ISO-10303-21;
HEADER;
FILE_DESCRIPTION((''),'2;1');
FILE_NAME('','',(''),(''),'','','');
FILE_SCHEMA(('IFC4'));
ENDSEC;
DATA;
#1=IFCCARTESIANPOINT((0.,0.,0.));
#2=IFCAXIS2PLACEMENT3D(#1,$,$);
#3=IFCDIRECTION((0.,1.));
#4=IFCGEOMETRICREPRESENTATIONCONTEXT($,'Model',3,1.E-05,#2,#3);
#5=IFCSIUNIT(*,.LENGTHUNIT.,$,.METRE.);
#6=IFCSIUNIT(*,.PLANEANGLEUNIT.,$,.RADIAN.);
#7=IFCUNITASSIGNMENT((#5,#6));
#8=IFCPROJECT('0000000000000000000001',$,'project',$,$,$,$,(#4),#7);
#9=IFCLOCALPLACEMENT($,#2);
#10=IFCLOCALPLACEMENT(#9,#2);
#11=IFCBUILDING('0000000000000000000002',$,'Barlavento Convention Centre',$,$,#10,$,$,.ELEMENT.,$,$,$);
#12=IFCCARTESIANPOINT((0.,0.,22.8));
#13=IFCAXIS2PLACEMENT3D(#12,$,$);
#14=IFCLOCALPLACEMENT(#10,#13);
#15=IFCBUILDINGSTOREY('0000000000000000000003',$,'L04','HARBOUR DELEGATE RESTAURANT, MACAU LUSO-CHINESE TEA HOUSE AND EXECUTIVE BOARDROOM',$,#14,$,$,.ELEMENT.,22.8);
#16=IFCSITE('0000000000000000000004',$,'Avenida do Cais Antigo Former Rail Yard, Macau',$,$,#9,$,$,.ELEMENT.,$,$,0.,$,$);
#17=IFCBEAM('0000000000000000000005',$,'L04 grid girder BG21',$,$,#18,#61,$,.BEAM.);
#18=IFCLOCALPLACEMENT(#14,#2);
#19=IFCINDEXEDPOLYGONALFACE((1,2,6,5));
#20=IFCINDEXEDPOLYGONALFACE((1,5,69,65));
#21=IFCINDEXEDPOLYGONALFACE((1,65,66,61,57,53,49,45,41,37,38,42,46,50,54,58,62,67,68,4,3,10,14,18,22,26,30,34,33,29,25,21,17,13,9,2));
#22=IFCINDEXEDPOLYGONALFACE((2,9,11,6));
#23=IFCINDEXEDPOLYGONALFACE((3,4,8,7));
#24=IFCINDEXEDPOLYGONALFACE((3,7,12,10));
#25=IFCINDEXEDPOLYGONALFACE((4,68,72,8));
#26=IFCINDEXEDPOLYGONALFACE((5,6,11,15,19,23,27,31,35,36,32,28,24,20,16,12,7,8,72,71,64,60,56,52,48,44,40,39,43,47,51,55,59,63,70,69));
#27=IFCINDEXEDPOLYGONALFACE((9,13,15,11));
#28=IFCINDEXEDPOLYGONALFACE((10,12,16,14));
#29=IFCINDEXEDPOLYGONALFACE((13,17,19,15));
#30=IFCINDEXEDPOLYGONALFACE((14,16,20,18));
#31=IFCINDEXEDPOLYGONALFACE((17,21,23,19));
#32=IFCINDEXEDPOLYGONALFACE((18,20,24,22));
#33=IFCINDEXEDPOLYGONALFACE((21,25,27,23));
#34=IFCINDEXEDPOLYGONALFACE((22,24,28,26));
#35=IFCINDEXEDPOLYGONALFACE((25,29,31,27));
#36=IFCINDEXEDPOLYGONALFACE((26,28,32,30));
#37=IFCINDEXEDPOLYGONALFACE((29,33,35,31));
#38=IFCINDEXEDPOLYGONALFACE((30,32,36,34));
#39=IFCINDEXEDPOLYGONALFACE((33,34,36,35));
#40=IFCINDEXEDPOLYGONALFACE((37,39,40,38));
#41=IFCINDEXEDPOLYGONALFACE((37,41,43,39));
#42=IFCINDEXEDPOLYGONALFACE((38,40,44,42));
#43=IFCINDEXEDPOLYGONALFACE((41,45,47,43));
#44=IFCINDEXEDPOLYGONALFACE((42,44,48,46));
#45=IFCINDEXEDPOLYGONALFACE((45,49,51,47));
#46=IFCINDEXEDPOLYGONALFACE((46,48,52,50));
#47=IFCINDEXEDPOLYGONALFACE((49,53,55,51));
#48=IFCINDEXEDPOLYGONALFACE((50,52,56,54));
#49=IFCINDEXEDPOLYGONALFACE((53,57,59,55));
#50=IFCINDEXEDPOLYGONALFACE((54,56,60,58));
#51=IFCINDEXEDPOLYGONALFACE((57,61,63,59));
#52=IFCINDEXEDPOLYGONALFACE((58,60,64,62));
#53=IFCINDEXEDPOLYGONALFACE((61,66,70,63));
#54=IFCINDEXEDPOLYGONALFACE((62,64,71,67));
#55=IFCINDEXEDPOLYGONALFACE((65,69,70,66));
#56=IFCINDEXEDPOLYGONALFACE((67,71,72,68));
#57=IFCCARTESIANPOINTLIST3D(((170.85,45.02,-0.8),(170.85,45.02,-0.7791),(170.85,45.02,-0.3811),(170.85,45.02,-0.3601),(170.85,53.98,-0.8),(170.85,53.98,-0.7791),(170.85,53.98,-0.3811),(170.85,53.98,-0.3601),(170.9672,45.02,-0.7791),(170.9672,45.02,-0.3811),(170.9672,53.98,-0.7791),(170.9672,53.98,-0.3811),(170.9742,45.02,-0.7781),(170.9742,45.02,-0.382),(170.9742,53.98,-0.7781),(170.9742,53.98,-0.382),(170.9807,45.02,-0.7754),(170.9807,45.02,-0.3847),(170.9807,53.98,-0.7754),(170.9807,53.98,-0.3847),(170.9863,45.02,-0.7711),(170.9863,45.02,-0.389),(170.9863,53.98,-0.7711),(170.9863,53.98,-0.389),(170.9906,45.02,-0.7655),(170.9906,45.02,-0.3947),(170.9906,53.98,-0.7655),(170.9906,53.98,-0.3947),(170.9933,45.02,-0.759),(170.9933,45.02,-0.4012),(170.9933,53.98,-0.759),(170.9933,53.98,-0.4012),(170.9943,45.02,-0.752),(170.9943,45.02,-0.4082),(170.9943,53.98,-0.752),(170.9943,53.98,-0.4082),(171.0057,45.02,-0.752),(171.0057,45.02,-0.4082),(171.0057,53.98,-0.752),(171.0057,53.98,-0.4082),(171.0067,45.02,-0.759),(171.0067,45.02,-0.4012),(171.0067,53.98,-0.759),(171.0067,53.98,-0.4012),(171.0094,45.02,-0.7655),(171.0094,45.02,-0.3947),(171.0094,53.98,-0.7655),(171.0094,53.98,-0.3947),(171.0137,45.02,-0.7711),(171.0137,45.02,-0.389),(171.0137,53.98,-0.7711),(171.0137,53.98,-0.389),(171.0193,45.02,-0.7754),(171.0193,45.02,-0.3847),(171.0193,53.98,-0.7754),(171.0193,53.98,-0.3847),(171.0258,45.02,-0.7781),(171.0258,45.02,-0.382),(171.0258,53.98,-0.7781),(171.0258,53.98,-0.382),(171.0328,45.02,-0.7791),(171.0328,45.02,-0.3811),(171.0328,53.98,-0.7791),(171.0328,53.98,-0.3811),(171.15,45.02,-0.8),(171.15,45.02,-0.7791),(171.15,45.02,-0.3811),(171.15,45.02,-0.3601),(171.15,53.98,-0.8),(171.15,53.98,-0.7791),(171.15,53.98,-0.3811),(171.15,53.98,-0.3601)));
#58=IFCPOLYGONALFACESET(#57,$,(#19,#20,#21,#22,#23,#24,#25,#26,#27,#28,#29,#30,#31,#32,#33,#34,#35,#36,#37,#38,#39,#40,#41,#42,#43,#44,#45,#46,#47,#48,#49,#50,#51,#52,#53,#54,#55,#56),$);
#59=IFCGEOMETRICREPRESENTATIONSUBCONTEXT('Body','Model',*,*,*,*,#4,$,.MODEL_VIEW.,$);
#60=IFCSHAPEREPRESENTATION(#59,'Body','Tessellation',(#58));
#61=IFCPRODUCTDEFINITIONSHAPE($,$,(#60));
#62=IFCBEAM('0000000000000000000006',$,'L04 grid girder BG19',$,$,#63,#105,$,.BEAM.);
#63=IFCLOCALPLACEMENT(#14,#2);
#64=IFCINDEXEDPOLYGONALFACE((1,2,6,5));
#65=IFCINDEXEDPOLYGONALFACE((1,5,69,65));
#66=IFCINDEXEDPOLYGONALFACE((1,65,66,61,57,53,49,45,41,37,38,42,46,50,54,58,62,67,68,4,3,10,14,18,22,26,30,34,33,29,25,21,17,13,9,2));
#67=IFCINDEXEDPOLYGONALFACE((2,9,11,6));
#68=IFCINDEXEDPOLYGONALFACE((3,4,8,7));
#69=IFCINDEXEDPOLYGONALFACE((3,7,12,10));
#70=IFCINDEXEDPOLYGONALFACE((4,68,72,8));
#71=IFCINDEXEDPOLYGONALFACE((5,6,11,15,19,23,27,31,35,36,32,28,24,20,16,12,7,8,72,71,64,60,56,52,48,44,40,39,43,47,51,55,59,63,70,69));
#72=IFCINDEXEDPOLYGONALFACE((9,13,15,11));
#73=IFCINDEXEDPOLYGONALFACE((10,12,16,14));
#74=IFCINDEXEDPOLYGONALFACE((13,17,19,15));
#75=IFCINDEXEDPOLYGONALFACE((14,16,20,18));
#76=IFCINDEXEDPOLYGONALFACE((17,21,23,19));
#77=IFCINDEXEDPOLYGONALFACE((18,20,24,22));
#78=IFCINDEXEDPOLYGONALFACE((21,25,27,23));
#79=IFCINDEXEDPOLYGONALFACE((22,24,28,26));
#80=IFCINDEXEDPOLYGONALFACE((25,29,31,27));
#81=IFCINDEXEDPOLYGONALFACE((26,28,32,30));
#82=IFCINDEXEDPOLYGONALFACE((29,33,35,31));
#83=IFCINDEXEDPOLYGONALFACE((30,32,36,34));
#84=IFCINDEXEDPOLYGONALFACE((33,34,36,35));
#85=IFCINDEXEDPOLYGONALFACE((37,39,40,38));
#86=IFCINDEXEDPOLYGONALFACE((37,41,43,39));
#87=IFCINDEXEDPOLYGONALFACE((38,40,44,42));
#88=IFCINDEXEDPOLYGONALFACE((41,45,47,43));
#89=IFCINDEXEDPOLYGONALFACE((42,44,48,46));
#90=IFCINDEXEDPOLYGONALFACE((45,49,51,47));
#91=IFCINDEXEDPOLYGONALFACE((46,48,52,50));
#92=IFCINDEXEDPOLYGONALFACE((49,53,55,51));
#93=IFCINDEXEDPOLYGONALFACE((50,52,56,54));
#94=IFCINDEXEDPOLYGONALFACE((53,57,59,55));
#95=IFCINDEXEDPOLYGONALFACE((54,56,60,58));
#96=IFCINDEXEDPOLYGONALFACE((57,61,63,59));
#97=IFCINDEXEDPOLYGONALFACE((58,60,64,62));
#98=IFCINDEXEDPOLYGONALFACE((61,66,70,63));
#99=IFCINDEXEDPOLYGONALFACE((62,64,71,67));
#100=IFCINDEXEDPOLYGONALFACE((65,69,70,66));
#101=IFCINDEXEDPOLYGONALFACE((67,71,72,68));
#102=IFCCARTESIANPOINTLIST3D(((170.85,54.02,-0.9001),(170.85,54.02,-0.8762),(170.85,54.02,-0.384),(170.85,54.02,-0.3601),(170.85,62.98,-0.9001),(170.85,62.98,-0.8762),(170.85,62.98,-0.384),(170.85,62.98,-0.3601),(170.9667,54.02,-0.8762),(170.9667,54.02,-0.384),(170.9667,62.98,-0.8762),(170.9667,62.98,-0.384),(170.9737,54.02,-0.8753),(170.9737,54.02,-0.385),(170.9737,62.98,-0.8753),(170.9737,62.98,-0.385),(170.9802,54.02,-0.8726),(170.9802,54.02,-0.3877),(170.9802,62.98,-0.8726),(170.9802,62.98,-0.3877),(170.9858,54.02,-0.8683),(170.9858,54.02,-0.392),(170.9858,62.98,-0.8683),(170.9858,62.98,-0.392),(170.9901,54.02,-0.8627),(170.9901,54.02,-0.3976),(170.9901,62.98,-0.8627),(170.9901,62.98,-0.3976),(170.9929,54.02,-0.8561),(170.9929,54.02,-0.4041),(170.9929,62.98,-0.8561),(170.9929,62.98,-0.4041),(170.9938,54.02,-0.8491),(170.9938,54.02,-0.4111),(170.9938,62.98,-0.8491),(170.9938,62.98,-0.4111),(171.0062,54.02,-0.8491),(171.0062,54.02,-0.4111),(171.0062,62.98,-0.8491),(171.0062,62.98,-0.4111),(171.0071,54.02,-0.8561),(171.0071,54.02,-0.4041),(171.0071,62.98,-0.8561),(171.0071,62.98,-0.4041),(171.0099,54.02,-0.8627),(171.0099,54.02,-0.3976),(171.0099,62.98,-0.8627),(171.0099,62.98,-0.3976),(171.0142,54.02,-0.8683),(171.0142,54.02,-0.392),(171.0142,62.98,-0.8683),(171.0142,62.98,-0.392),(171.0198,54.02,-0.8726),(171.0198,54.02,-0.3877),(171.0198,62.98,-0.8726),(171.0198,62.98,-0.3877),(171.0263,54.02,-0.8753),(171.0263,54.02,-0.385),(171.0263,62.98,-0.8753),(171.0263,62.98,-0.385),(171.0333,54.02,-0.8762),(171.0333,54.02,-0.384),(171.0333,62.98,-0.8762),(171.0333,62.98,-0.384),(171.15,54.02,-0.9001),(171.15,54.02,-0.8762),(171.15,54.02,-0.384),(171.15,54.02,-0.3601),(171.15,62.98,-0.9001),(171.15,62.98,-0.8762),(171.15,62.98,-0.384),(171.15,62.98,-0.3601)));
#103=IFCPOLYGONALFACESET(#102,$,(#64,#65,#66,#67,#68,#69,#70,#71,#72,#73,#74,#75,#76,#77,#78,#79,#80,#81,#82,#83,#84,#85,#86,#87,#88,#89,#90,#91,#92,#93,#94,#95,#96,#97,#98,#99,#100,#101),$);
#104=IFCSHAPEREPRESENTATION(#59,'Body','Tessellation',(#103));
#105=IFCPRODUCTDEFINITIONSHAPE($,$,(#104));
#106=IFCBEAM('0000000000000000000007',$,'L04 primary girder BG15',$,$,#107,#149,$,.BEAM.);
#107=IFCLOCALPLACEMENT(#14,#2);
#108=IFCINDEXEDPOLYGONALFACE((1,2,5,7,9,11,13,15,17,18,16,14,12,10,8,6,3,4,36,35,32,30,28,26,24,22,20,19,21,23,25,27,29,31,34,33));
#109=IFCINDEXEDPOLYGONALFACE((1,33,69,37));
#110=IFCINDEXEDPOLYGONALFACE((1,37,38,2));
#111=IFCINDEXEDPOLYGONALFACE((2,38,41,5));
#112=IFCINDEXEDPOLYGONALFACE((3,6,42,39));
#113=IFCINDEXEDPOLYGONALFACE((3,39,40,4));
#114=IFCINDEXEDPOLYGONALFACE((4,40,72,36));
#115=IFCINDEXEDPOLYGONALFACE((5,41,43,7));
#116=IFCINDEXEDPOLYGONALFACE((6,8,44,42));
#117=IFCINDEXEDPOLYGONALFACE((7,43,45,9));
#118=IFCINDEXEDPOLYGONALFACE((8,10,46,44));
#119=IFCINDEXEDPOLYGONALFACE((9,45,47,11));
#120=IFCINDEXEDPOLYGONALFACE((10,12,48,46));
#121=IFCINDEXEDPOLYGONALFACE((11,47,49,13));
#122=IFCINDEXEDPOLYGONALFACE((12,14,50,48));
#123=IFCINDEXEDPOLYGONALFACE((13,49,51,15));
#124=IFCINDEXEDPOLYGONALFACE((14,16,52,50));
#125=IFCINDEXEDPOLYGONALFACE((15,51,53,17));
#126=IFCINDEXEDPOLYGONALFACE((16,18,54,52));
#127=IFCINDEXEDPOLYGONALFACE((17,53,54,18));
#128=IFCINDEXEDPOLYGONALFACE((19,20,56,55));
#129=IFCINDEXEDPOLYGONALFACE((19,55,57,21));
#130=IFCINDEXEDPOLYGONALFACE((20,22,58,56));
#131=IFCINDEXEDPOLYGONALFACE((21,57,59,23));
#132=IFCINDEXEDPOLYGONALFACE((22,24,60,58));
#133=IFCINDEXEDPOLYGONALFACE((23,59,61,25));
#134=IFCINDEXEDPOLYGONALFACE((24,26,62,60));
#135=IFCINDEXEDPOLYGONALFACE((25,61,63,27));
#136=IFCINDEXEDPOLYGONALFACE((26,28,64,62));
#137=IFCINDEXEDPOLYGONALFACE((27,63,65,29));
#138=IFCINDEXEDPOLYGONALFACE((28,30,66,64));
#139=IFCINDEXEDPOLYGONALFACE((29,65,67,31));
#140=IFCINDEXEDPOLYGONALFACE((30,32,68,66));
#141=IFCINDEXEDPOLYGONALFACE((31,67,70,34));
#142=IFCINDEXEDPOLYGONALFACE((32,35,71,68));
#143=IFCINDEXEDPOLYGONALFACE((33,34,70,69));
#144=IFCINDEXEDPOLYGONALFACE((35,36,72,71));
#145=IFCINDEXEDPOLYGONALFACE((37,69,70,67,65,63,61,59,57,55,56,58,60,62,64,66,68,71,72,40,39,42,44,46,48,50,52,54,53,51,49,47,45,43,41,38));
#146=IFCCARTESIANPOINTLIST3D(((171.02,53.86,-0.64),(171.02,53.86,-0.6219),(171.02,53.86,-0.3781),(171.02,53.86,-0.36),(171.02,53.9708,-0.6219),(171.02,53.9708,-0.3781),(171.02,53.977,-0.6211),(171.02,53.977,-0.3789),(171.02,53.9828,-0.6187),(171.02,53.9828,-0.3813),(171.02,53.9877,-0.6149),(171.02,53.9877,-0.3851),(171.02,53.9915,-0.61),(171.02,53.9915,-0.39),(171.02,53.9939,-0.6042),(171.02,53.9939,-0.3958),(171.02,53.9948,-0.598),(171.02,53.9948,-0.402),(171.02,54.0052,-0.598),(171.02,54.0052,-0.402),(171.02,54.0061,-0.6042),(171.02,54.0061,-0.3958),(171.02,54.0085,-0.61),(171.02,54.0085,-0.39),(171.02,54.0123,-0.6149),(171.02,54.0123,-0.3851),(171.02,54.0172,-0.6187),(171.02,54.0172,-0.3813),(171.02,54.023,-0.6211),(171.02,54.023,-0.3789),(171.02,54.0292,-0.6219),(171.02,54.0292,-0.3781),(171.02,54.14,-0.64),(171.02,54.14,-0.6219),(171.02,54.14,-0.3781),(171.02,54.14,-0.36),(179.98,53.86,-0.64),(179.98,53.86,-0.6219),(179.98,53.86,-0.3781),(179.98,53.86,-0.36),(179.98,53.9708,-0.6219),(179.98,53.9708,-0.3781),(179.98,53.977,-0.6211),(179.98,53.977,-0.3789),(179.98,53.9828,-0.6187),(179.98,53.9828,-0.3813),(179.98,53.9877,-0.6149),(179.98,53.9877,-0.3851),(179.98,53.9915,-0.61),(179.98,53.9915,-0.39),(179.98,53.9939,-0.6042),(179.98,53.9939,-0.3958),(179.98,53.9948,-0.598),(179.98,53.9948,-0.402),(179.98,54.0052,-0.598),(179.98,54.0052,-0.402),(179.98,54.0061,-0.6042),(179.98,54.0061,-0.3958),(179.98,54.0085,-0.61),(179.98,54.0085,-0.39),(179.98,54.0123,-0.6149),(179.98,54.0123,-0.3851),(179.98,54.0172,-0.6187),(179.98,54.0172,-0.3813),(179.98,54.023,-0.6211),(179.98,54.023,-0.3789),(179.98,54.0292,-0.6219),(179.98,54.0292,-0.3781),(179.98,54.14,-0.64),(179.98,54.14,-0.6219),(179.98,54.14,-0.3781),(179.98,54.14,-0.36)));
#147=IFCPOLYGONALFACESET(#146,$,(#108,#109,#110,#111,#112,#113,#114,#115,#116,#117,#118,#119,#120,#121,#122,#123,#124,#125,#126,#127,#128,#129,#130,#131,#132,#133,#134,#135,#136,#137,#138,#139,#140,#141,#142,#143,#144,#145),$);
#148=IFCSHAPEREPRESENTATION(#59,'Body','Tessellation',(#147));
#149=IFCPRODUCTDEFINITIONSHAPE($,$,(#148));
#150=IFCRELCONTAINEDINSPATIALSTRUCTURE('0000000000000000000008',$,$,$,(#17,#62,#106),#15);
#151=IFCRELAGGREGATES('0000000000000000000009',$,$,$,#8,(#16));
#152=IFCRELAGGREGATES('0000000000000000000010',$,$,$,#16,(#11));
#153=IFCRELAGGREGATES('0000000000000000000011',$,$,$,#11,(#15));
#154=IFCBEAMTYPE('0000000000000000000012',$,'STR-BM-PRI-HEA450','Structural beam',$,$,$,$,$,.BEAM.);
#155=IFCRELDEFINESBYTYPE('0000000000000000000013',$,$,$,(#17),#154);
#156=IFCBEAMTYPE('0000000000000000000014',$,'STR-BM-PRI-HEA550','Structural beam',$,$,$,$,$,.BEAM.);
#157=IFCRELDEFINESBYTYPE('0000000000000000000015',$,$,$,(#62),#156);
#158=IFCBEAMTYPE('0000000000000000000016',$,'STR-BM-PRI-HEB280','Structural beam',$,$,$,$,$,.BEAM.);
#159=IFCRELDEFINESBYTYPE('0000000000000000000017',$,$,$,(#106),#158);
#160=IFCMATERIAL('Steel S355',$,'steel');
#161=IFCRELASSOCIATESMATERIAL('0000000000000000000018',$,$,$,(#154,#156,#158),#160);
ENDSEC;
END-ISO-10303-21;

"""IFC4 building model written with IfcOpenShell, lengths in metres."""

from ifc_helpers import new_model, si_unit, direction, frame, origin, origin_2d, place, context, subcontext, project, spatial, i_section, extrude, material, material_profile, profile_set, type_object, element, save


model = new_model("IFC4")

# Units and contexts
model_context = context("Model", 3, precision=1e-05, world=origin(), true_north=direction((0.0, 1.0)))
body_context = subcontext(model_context, "Body", "Model", "MODEL_VIEW")
ifc_project = project(units=[si_unit("LENGTHUNIT", "METRE"), si_unit("PLANEANGLEUNIT", "RADIAN")], contexts=[model_context])

# Site, building, storey
site_placement = place(None, origin())
site = spatial("IfcSite", under=ifc_project, at=site_placement, Name="Avenida do Cais Antigo Former Rail Yard, Macau", CompositionType="ELEMENT", RefElevation=0.0)
building_placement = place(site_placement, origin())
building = spatial("IfcBuilding", under=site, at=building_placement, Name="Barlavento Convention Centre", CompositionType="ELEMENT")
storey_placement = place(building_placement, frame((0.0, 0.0, 22.8)))
storey = spatial("IfcBuildingStorey", under=building, at=storey_placement, Name="L04", Description="HARBOUR DELEGATE RESTAURANT, MACAU LUSO-CHINESE TEA HOUSE AND EXECUTIVE BOARDROOM", CompositionType="ELEMENT", Elevation=22.8)

# Shared definitions
ifc_material_1 = material(Name="Steel S355", Category="steel")

# Beams
ifc_material_profile_1 = material_profile(ifc_material_1, i_section(OverallWidth=0.3, OverallDepth=0.4399, WebThickness=0.0115, FlangeThickness=0.021, FilletRadius=0.0271, at=origin_2d()), Name="HEA 450")
ifc_profile_set_1 = profile_set([ifc_material_profile_1], Name="Steel S355")
beam_type_1 = type_object("IfcBeamType", Name="STR-BM-PRI-HEA450", Description="Structural beam", PredefinedType="BEAM", material=ifc_profile_set_1)
beam_1_placement = place(storey_placement, frame((171.0, 45.02, -0.5801), z_axis=(0.0, 1.0, 0.0), x_axis=(-1.0, 0.0, 0.0)))
element("IfcBeam", 1, at=beam_1_placement, inside=storey, type_object=beam_type_1, Name="L04 grid girder BG21", PredefinedType="BEAM", context=body_context, shape_type="SweptSolid", body=[
    extrude(i_section(OverallWidth=0.3, OverallDepth=0.4399, WebThickness=0.0115, FlangeThickness=0.021, FilletRadius=0.0271, at=origin_2d()), origin(), (0.0, 0.0, 1.0), 8.96),
])
ifc_material_profile_2 = material_profile(ifc_material_1, i_section(OverallWidth=0.3, OverallDepth=0.54, WebThickness=0.0125, FlangeThickness=0.0239, FilletRadius=0.0271, at=origin_2d()), Name="HEA 550")
ifc_profile_set_2 = profile_set([ifc_material_profile_2], Name="Steel S355")
beam_type_2 = type_object("IfcBeamType", Name="STR-BM-PRI-HEA550", Description="Structural beam", PredefinedType="BEAM", material=ifc_profile_set_2)
beam_2_placement = place(storey_placement, frame((171.0, 54.02, -0.6301), z_axis=(0.0, 1.0, 0.0), x_axis=(-1.0, 0.0, 0.0)))
element("IfcBeam", 2, at=beam_2_placement, inside=storey, type_object=beam_type_2, Name="L04 grid girder BG19", PredefinedType="BEAM", context=body_context, shape_type="SweptSolid", body=[
    extrude(i_section(OverallWidth=0.3, OverallDepth=0.54, WebThickness=0.0125, FlangeThickness=0.0239, FilletRadius=0.0271, at=origin_2d()), origin(), (0.0, 0.0, 1.0), 8.96),
])
ifc_material_profile_3 = material_profile(ifc_material_1, i_section(OverallWidth=0.28, OverallDepth=0.28, WebThickness=0.0105, FlangeThickness=0.0181, FilletRadius=0.0239, at=origin_2d()), Name="HEB 280")
ifc_profile_set_3 = profile_set([ifc_material_profile_3], Name="Steel S355")
beam_type_3 = type_object("IfcBeamType", Name="STR-BM-PRI-HEB280", Description="Structural beam", PredefinedType="BEAM", material=ifc_profile_set_3)
beam_3_placement = place(storey_placement, frame((171.02, 54.0, -0.5), z_axis=(1.0, 0.0, 0.0), x_axis=(0.0, 1.0, 0.0)))
element("IfcBeam", 3, at=beam_3_placement, inside=storey, type_object=beam_type_3, Name="L04 primary girder BG15", PredefinedType="BEAM", context=body_context, shape_type="SweptSolid", body=[
    extrude(i_section(OverallWidth=0.28, OverallDepth=0.28, WebThickness=0.0105, FlangeThickness=0.0181, FilletRadius=0.0239, at=origin_2d()), origin(), (0.0, 0.0, 1.0), 8.96),
])

save(model, "model.ifc")
